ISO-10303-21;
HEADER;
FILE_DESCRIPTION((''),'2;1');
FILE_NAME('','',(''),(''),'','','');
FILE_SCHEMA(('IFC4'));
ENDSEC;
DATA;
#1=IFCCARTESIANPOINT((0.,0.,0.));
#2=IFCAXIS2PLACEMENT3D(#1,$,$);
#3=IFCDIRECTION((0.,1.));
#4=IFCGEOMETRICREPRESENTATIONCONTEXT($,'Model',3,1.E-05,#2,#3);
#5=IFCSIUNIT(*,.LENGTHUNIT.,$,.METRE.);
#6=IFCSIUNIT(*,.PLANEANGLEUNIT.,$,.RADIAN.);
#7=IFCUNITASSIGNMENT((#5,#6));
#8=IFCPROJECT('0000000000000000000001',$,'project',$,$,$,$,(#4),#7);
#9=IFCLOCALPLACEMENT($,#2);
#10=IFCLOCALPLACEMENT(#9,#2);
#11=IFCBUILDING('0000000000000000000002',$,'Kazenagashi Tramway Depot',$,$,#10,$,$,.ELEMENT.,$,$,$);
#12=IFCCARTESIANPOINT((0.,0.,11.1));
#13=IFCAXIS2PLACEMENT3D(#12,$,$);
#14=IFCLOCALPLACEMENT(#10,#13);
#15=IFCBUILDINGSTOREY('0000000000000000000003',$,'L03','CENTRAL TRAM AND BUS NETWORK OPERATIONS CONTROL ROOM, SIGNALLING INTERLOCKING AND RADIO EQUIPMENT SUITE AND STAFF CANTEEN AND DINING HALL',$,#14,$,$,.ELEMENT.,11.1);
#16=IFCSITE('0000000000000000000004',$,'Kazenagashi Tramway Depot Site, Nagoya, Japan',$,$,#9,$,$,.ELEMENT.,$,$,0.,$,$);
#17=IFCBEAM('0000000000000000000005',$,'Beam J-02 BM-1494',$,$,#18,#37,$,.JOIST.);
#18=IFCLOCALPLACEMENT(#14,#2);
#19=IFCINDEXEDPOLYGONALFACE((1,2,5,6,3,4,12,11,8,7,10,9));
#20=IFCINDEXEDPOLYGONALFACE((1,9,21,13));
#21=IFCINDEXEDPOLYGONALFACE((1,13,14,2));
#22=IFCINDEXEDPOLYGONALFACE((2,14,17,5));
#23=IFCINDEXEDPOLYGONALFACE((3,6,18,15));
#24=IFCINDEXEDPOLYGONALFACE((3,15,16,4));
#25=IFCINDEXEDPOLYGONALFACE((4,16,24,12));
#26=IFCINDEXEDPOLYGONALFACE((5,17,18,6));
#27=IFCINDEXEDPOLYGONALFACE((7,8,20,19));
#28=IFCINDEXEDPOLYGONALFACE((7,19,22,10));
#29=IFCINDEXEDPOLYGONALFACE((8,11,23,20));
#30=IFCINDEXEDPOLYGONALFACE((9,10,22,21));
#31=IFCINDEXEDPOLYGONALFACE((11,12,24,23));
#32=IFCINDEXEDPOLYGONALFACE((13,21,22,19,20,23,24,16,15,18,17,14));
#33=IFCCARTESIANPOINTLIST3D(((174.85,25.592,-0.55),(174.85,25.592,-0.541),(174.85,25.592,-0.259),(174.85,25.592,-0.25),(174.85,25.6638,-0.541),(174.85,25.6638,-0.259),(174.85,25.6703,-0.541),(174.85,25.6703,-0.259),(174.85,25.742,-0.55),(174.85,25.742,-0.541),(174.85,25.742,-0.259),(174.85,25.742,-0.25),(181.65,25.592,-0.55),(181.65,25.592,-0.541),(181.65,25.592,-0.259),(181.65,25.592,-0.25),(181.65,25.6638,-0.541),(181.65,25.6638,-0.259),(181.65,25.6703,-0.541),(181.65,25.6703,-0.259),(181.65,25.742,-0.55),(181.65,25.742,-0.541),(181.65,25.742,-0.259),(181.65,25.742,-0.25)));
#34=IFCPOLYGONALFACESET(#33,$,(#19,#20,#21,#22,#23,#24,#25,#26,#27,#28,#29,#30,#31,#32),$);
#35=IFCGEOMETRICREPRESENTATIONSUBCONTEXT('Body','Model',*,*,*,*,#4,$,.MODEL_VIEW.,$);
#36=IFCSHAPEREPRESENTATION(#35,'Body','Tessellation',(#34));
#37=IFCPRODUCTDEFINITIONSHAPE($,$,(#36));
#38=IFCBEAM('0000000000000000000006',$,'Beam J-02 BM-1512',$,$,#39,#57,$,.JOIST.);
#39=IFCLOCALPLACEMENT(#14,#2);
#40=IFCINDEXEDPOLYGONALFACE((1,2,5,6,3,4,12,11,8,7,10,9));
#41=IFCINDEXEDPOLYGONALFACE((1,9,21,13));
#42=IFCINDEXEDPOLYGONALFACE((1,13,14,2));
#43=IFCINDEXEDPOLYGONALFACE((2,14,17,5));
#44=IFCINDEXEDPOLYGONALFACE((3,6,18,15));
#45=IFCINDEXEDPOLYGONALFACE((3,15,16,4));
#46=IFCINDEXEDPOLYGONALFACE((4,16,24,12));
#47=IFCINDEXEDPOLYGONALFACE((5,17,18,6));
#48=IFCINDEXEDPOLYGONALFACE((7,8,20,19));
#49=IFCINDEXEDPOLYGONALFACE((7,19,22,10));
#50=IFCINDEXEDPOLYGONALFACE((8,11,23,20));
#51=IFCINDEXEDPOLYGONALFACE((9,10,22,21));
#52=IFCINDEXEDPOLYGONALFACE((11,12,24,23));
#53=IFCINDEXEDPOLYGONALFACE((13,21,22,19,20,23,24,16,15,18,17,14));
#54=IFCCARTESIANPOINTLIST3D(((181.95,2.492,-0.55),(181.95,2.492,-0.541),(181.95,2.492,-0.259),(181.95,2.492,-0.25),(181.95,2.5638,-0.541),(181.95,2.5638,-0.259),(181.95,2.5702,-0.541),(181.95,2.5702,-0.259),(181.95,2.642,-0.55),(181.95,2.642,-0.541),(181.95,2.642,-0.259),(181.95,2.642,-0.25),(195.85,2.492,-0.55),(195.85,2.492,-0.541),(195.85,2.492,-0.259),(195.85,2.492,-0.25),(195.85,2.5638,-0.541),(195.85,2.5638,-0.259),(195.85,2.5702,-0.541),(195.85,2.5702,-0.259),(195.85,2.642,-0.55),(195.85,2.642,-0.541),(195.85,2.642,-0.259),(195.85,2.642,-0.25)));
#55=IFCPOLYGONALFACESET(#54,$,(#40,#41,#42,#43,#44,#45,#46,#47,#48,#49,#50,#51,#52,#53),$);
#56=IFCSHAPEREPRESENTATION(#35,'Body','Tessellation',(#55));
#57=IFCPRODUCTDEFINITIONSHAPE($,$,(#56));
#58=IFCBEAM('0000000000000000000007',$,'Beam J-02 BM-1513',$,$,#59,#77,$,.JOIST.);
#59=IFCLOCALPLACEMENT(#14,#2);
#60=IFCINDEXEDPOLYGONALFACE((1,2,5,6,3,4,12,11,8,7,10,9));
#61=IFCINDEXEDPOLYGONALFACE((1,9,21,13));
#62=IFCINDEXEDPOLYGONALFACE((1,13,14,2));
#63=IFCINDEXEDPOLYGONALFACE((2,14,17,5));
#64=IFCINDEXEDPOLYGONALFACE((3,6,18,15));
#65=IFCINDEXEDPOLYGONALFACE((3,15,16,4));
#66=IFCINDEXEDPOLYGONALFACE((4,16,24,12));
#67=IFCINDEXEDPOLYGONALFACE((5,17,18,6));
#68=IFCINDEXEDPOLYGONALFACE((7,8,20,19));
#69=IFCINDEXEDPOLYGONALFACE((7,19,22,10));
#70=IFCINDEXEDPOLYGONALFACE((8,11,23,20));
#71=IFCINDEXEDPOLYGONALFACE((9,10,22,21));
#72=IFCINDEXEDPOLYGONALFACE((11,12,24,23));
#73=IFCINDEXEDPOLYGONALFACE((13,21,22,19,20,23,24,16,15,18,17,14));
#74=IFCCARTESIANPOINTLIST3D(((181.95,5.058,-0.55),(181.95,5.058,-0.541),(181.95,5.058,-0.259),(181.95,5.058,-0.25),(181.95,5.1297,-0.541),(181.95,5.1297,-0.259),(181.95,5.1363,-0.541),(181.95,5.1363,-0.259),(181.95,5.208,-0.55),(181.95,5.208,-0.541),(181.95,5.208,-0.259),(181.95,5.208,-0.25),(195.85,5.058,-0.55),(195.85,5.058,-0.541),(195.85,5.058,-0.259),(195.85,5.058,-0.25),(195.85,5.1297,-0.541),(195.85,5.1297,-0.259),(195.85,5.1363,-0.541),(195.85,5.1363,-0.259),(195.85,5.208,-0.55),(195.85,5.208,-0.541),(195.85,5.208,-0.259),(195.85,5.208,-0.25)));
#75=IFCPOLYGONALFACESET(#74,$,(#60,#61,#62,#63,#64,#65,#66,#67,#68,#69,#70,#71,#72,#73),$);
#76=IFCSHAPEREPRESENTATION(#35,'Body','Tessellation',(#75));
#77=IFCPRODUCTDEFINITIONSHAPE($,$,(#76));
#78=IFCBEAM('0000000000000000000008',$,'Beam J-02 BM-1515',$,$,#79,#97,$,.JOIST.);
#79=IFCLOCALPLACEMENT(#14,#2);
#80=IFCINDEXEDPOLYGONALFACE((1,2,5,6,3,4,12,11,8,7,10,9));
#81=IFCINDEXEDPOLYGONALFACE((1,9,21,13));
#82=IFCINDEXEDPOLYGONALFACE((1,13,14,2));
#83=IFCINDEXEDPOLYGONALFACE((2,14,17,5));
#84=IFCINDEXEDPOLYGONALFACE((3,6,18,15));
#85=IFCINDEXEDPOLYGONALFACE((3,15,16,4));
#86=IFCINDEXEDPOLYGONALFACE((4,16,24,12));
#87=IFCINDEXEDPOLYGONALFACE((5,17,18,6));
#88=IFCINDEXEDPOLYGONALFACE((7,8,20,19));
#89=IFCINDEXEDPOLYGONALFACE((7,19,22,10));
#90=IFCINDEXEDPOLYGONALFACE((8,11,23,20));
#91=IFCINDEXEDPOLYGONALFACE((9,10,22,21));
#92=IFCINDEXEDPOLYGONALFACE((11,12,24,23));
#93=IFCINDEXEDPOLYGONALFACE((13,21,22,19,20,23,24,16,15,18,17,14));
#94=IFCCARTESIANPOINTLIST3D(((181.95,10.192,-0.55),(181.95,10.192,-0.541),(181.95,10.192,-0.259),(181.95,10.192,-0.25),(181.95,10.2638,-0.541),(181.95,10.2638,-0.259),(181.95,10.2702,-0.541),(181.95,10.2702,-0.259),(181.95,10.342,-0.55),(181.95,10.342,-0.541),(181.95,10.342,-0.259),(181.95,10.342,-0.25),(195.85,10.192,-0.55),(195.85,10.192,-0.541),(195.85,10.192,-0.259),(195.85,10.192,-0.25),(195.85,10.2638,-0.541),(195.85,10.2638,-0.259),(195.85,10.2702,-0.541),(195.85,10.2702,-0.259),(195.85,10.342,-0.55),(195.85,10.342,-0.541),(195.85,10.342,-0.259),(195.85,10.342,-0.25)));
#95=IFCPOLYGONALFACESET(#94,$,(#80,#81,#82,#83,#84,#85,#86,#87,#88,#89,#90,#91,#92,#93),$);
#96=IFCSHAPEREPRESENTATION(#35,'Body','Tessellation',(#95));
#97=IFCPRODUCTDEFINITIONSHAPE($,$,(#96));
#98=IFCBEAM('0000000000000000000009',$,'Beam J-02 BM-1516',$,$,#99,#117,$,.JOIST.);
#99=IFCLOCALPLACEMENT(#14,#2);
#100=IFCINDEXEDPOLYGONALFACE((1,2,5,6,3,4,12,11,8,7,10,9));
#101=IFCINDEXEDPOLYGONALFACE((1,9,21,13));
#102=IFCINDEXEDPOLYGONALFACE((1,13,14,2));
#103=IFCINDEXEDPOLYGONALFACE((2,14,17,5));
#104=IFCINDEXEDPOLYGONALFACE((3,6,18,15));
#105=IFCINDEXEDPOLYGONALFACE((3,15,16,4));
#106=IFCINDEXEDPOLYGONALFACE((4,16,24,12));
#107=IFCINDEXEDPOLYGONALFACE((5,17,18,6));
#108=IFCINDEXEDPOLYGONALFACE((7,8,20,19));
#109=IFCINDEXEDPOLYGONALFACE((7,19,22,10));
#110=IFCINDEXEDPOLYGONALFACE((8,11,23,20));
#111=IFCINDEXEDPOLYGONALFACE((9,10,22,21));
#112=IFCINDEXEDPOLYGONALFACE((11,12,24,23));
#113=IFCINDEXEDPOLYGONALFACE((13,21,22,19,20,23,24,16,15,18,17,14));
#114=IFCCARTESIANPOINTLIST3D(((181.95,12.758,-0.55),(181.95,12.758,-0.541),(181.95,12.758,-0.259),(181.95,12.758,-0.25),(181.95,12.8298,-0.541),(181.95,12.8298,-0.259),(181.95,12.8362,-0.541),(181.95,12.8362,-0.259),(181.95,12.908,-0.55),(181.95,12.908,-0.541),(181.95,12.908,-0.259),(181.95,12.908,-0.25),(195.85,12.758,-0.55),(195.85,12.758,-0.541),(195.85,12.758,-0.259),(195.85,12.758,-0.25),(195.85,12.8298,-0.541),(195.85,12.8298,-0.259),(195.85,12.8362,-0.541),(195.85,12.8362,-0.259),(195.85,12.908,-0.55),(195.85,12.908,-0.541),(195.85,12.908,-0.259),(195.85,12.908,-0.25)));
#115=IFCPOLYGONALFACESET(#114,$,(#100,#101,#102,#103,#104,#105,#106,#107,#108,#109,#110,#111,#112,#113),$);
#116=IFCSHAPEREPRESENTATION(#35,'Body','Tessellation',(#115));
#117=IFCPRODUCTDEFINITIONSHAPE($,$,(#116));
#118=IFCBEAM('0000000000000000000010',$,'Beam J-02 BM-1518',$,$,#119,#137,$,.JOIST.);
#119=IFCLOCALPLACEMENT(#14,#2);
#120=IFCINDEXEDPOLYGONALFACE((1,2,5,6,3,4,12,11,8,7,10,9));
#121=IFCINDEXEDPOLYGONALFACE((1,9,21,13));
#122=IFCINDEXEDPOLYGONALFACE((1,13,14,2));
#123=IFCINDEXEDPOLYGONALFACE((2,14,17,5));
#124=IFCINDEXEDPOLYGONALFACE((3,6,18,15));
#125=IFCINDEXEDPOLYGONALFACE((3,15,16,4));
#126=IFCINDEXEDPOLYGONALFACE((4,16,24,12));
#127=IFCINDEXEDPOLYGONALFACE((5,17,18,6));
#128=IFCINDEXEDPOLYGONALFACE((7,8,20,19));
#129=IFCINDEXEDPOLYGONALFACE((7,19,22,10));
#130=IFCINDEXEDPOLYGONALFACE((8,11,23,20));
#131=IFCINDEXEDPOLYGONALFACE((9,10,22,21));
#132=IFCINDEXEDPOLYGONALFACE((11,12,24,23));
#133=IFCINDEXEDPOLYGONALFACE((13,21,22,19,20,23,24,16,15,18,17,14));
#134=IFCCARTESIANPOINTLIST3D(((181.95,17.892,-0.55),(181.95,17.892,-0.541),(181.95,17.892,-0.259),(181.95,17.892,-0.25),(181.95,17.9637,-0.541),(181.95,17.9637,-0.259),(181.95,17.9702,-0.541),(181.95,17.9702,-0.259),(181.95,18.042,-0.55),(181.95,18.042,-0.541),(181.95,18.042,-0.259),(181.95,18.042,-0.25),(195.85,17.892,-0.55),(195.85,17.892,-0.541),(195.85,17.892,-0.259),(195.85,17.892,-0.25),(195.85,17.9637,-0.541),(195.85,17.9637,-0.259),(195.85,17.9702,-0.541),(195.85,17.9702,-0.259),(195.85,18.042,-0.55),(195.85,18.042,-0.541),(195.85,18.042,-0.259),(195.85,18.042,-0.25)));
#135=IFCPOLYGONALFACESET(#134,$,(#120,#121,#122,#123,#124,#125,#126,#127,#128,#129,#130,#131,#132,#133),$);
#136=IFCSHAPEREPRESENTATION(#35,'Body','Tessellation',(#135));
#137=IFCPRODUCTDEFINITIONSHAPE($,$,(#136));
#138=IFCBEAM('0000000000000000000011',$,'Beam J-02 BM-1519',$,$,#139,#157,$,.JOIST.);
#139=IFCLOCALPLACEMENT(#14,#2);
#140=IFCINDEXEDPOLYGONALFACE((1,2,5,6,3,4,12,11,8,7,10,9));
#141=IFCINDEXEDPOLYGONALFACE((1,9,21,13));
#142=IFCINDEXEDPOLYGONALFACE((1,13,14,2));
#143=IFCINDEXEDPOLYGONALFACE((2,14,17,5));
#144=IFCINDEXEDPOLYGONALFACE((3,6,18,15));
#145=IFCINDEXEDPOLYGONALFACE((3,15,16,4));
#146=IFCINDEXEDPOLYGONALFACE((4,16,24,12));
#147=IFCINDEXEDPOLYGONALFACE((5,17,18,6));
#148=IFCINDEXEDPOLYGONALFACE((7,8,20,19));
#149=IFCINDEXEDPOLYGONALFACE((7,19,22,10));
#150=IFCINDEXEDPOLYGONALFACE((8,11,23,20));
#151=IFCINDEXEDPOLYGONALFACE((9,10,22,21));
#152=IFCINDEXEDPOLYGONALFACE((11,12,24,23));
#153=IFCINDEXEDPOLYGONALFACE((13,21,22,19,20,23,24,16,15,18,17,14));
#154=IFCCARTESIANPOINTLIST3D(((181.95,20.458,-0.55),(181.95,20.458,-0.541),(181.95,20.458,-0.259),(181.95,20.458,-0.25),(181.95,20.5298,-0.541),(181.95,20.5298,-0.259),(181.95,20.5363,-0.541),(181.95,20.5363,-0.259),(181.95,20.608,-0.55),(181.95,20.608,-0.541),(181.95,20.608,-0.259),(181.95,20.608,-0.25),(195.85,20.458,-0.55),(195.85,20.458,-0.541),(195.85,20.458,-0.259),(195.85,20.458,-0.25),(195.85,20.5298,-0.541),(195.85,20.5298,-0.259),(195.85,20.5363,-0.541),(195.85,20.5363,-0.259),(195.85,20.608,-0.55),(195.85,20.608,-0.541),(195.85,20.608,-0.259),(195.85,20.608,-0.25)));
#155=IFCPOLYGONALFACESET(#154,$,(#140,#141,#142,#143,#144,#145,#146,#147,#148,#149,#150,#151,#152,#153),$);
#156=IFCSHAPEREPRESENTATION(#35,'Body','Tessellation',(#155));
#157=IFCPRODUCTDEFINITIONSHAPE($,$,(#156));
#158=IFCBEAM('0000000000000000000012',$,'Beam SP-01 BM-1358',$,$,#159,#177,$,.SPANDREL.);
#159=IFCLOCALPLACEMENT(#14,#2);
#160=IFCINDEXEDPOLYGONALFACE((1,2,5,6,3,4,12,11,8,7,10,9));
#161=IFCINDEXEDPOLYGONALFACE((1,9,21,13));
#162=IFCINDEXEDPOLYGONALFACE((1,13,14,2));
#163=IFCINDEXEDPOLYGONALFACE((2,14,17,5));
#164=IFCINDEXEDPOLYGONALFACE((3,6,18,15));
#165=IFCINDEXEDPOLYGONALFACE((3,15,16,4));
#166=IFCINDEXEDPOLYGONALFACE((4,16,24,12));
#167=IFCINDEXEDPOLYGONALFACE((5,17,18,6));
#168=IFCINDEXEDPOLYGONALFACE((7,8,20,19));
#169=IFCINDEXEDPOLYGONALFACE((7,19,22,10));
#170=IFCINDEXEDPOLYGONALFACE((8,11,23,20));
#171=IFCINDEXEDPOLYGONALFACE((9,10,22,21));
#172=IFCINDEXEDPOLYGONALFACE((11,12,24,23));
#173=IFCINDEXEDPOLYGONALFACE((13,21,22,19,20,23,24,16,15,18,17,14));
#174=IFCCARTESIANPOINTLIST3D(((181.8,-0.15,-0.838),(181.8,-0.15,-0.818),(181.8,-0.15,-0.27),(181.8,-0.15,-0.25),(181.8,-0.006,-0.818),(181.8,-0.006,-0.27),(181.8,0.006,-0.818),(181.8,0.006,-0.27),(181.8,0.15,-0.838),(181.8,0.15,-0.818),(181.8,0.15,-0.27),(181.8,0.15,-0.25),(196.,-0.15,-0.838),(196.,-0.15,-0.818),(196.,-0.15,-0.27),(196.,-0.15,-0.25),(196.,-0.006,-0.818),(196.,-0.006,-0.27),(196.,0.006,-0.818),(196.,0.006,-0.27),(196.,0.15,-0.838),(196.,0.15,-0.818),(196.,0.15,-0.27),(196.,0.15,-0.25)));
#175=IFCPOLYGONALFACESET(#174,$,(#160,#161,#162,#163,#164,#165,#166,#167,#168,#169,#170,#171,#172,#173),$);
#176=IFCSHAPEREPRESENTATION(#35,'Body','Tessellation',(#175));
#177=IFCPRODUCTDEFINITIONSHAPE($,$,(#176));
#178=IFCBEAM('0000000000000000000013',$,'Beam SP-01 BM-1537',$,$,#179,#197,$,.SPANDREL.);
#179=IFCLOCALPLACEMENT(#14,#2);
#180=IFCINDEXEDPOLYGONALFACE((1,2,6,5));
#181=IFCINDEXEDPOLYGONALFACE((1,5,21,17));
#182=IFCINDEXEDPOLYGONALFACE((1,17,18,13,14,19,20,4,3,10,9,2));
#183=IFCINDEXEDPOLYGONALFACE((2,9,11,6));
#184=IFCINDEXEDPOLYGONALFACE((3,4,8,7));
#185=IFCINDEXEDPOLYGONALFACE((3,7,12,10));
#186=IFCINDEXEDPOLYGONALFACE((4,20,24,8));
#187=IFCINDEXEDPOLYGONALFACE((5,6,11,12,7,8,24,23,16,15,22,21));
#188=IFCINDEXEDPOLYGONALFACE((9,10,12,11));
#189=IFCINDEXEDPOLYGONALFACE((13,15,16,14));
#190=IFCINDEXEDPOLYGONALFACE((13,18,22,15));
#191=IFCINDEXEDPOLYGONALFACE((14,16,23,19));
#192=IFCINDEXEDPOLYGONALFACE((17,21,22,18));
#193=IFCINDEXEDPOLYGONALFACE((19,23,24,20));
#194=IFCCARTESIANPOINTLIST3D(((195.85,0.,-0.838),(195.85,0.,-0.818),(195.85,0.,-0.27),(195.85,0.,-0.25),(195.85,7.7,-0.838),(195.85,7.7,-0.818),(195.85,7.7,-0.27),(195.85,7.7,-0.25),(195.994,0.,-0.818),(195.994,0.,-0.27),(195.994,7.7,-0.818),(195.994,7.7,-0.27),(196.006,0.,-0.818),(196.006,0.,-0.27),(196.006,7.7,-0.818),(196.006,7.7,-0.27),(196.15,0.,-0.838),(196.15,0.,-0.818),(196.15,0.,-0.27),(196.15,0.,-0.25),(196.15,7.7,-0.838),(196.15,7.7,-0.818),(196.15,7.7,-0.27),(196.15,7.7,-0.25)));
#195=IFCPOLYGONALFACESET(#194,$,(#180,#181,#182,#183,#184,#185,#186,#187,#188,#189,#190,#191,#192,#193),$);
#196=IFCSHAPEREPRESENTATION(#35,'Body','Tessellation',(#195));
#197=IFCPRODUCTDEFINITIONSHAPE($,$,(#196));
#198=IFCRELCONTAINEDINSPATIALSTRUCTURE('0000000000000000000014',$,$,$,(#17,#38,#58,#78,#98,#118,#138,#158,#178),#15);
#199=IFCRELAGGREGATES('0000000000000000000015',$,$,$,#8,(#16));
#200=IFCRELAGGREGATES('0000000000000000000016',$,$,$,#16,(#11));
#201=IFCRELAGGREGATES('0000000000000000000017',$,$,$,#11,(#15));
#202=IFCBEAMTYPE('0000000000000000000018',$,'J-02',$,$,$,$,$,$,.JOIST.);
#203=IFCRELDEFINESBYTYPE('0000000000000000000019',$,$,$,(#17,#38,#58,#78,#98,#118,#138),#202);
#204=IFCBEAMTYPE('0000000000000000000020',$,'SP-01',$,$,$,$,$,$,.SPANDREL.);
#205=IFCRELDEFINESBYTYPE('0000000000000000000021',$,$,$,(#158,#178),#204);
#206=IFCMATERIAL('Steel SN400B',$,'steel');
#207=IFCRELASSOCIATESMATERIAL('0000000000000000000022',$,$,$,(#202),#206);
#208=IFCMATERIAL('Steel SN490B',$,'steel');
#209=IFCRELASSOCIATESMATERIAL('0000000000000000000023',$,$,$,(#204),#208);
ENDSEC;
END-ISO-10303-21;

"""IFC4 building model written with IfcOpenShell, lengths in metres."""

from ifc_helpers import new_model, si_unit, direction, frame, origin, origin_2d, place, context, subcontext, project, spatial, i_section, extrude, material, material_profile, profile_set, type_object, element, save


model = new_model("IFC4")

# Units and contexts
model_context = context("Model", 3, precision=1e-05, world=origin(), true_north=direction((0.0, 1.0)))
body_context = subcontext(model_context, "Body", "Model", "MODEL_VIEW")
ifc_project = project(units=[si_unit("LENGTHUNIT", "METRE"), si_unit("PLANEANGLEUNIT", "RADIAN")], contexts=[model_context])

# Site, building, storey
site_placement = place(None, origin())
site = spatial("IfcSite", under=ifc_project, at=site_placement, Name="Kazenagashi Tramway Depot Site, Nagoya, Japan", CompositionType="ELEMENT", RefElevation=0.0)
building_placement = place(site_placement, origin())
building = spatial("IfcBuilding", under=site, at=building_placement, Name="Kazenagashi Tramway Depot", CompositionType="ELEMENT")
storey_placement = place(building_placement, frame((0.0, 0.0, 11.1)))
storey = spatial("IfcBuildingStorey", under=building, at=storey_placement, Name="L03", Description="CENTRAL TRAM AND BUS NETWORK OPERATIONS CONTROL ROOM, SIGNALLING INTERLOCKING AND RADIO EQUIPMENT SUITE AND STAFF CANTEEN AND DINING HALL", CompositionType="ELEMENT", Elevation=11.1)

# Beams
ifc_material_1 = material(Name="Steel SN490B", Category="steel")
ifc_material_2 = material(Name="Steel SN400B", Category="steel")
ifc_material_profile_1 = material_profile(ifc_material_2, i_section(OverallWidth=0.15, OverallDepth=0.3, WebThickness=0.0065, FlangeThickness=0.009, at=origin_2d()), Name="H-300x150x6.5x9")
ifc_profile_set_1 = profile_set([ifc_material_profile_1], Name="Steel SN400B")
beam_type_1 = type_object("IfcBeamType", Name="J-02", PredefinedType="JOIST", material=ifc_profile_set_1)
for number, where, z_axis, x_axis, name in (
    (1, (174.85, 25.667, -0.4), (1.0, 0.0, 0.0), (0.0, 1.0, 0.0), "Beam J-02 BM-1494"),
):
    element("IfcBeam", number, at=place(storey_placement, frame(where, z_axis=z_axis, x_axis=x_axis)), inside=storey, type_object=beam_type_1, Name=name, PredefinedType="JOIST", context=body_context, shape_type="SweptSolid", body=[
        extrude(i_section(OverallWidth=0.15, OverallDepth=0.3, WebThickness=0.0065, FlangeThickness=0.009, at=origin_2d()), origin(), (0.0, 0.0, 1.0), 6.8),
    ])
for number, where, z_axis, x_axis, name in (
    (2, (181.95, 2.567, -0.4), (1.0, 0.0, 0.0), (0.0, 1.0, 0.0), "Beam J-02 BM-1512"),
    (3, (181.95, 5.133, -0.4), (1.0, 0.0, 0.0), (0.0, 1.0, 0.0), "Beam J-02 BM-1513"),
    (4, (181.95, 10.267, -0.4), (1.0, 0.0, 0.0), (0.0, 1.0, 0.0), "Beam J-02 BM-1515"),
    (5, (181.95, 12.833, -0.4), (1.0, 0.0, 0.0), (0.0, 1.0, 0.0), "Beam J-02 BM-1516"),
    (6, (181.95, 17.967, -0.4), (1.0, 0.0, 0.0), (0.0, 1.0, 0.0), "Beam J-02 BM-1518"),
    (7, (181.95, 20.533, -0.4), (1.0, 0.0, 0.0), (0.0, 1.0, 0.0), "Beam J-02 BM-1519"),
):
    element("IfcBeam", number, at=place(storey_placement, frame(where, z_axis=z_axis, x_axis=x_axis)), inside=storey, type_object=beam_type_1, Name=name, PredefinedType="JOIST", context=body_context, shape_type="SweptSolid", body=[
        extrude(i_section(OverallWidth=0.15, OverallDepth=0.3, WebThickness=0.0065, FlangeThickness=0.009, at=origin_2d()), origin(), (0.0, 0.0, 1.0), 13.9),
    ])
ifc_material_profile_2 = material_profile(ifc_material_1, i_section(OverallWidth=0.3, OverallDepth=0.588, WebThickness=0.012, FlangeThickness=0.02, at=origin_2d()), Name="H-588x300x12x20")
ifc_profile_set_2 = profile_set([ifc_material_profile_2], Name="Steel SN490B")
beam_type_2 = type_object("IfcBeamType", Name="SP-01", PredefinedType="SPANDREL", material=ifc_profile_set_2)
beam_1_placement = place(storey_placement, frame((181.8, 0.0, -0.544), z_axis=(1.0, 0.0, 0.0), x_axis=(0.0, 1.0, 0.0)))
element("IfcBeam", 8, at=beam_1_placement, inside=storey, type_object=beam_type_2, Name="Beam SP-01 BM-1358", PredefinedType="SPANDREL", context=body_context, shape_type="SweptSolid", body=[
    extrude(i_section(OverallWidth=0.3, OverallDepth=0.588, WebThickness=0.012, FlangeThickness=0.02, at=origin_2d()), origin(), (0.0, 0.0, 1.0), 14.2),
])
for number, where, z_axis, x_axis, name in (
    (9, (196.0, 0.0, -0.544), (0.0, 1.0, 0.0), (-1.0, 0.0, 0.0), "Beam SP-01 BM-1537"),
):
    element("IfcBeam", number, at=place(storey_placement, frame(where, z_axis=z_axis, x_axis=x_axis)), inside=storey, type_object=beam_type_2, Name=name, PredefinedType="SPANDREL", context=body_context, shape_type="SweptSolid", body=[
        extrude(i_section(OverallWidth=0.3, OverallDepth=0.588, WebThickness=0.012, FlangeThickness=0.02, at=origin_2d()), origin(), (0.0, 0.0, 1.0), 7.7),
    ])

save(model, "model.ifc")
